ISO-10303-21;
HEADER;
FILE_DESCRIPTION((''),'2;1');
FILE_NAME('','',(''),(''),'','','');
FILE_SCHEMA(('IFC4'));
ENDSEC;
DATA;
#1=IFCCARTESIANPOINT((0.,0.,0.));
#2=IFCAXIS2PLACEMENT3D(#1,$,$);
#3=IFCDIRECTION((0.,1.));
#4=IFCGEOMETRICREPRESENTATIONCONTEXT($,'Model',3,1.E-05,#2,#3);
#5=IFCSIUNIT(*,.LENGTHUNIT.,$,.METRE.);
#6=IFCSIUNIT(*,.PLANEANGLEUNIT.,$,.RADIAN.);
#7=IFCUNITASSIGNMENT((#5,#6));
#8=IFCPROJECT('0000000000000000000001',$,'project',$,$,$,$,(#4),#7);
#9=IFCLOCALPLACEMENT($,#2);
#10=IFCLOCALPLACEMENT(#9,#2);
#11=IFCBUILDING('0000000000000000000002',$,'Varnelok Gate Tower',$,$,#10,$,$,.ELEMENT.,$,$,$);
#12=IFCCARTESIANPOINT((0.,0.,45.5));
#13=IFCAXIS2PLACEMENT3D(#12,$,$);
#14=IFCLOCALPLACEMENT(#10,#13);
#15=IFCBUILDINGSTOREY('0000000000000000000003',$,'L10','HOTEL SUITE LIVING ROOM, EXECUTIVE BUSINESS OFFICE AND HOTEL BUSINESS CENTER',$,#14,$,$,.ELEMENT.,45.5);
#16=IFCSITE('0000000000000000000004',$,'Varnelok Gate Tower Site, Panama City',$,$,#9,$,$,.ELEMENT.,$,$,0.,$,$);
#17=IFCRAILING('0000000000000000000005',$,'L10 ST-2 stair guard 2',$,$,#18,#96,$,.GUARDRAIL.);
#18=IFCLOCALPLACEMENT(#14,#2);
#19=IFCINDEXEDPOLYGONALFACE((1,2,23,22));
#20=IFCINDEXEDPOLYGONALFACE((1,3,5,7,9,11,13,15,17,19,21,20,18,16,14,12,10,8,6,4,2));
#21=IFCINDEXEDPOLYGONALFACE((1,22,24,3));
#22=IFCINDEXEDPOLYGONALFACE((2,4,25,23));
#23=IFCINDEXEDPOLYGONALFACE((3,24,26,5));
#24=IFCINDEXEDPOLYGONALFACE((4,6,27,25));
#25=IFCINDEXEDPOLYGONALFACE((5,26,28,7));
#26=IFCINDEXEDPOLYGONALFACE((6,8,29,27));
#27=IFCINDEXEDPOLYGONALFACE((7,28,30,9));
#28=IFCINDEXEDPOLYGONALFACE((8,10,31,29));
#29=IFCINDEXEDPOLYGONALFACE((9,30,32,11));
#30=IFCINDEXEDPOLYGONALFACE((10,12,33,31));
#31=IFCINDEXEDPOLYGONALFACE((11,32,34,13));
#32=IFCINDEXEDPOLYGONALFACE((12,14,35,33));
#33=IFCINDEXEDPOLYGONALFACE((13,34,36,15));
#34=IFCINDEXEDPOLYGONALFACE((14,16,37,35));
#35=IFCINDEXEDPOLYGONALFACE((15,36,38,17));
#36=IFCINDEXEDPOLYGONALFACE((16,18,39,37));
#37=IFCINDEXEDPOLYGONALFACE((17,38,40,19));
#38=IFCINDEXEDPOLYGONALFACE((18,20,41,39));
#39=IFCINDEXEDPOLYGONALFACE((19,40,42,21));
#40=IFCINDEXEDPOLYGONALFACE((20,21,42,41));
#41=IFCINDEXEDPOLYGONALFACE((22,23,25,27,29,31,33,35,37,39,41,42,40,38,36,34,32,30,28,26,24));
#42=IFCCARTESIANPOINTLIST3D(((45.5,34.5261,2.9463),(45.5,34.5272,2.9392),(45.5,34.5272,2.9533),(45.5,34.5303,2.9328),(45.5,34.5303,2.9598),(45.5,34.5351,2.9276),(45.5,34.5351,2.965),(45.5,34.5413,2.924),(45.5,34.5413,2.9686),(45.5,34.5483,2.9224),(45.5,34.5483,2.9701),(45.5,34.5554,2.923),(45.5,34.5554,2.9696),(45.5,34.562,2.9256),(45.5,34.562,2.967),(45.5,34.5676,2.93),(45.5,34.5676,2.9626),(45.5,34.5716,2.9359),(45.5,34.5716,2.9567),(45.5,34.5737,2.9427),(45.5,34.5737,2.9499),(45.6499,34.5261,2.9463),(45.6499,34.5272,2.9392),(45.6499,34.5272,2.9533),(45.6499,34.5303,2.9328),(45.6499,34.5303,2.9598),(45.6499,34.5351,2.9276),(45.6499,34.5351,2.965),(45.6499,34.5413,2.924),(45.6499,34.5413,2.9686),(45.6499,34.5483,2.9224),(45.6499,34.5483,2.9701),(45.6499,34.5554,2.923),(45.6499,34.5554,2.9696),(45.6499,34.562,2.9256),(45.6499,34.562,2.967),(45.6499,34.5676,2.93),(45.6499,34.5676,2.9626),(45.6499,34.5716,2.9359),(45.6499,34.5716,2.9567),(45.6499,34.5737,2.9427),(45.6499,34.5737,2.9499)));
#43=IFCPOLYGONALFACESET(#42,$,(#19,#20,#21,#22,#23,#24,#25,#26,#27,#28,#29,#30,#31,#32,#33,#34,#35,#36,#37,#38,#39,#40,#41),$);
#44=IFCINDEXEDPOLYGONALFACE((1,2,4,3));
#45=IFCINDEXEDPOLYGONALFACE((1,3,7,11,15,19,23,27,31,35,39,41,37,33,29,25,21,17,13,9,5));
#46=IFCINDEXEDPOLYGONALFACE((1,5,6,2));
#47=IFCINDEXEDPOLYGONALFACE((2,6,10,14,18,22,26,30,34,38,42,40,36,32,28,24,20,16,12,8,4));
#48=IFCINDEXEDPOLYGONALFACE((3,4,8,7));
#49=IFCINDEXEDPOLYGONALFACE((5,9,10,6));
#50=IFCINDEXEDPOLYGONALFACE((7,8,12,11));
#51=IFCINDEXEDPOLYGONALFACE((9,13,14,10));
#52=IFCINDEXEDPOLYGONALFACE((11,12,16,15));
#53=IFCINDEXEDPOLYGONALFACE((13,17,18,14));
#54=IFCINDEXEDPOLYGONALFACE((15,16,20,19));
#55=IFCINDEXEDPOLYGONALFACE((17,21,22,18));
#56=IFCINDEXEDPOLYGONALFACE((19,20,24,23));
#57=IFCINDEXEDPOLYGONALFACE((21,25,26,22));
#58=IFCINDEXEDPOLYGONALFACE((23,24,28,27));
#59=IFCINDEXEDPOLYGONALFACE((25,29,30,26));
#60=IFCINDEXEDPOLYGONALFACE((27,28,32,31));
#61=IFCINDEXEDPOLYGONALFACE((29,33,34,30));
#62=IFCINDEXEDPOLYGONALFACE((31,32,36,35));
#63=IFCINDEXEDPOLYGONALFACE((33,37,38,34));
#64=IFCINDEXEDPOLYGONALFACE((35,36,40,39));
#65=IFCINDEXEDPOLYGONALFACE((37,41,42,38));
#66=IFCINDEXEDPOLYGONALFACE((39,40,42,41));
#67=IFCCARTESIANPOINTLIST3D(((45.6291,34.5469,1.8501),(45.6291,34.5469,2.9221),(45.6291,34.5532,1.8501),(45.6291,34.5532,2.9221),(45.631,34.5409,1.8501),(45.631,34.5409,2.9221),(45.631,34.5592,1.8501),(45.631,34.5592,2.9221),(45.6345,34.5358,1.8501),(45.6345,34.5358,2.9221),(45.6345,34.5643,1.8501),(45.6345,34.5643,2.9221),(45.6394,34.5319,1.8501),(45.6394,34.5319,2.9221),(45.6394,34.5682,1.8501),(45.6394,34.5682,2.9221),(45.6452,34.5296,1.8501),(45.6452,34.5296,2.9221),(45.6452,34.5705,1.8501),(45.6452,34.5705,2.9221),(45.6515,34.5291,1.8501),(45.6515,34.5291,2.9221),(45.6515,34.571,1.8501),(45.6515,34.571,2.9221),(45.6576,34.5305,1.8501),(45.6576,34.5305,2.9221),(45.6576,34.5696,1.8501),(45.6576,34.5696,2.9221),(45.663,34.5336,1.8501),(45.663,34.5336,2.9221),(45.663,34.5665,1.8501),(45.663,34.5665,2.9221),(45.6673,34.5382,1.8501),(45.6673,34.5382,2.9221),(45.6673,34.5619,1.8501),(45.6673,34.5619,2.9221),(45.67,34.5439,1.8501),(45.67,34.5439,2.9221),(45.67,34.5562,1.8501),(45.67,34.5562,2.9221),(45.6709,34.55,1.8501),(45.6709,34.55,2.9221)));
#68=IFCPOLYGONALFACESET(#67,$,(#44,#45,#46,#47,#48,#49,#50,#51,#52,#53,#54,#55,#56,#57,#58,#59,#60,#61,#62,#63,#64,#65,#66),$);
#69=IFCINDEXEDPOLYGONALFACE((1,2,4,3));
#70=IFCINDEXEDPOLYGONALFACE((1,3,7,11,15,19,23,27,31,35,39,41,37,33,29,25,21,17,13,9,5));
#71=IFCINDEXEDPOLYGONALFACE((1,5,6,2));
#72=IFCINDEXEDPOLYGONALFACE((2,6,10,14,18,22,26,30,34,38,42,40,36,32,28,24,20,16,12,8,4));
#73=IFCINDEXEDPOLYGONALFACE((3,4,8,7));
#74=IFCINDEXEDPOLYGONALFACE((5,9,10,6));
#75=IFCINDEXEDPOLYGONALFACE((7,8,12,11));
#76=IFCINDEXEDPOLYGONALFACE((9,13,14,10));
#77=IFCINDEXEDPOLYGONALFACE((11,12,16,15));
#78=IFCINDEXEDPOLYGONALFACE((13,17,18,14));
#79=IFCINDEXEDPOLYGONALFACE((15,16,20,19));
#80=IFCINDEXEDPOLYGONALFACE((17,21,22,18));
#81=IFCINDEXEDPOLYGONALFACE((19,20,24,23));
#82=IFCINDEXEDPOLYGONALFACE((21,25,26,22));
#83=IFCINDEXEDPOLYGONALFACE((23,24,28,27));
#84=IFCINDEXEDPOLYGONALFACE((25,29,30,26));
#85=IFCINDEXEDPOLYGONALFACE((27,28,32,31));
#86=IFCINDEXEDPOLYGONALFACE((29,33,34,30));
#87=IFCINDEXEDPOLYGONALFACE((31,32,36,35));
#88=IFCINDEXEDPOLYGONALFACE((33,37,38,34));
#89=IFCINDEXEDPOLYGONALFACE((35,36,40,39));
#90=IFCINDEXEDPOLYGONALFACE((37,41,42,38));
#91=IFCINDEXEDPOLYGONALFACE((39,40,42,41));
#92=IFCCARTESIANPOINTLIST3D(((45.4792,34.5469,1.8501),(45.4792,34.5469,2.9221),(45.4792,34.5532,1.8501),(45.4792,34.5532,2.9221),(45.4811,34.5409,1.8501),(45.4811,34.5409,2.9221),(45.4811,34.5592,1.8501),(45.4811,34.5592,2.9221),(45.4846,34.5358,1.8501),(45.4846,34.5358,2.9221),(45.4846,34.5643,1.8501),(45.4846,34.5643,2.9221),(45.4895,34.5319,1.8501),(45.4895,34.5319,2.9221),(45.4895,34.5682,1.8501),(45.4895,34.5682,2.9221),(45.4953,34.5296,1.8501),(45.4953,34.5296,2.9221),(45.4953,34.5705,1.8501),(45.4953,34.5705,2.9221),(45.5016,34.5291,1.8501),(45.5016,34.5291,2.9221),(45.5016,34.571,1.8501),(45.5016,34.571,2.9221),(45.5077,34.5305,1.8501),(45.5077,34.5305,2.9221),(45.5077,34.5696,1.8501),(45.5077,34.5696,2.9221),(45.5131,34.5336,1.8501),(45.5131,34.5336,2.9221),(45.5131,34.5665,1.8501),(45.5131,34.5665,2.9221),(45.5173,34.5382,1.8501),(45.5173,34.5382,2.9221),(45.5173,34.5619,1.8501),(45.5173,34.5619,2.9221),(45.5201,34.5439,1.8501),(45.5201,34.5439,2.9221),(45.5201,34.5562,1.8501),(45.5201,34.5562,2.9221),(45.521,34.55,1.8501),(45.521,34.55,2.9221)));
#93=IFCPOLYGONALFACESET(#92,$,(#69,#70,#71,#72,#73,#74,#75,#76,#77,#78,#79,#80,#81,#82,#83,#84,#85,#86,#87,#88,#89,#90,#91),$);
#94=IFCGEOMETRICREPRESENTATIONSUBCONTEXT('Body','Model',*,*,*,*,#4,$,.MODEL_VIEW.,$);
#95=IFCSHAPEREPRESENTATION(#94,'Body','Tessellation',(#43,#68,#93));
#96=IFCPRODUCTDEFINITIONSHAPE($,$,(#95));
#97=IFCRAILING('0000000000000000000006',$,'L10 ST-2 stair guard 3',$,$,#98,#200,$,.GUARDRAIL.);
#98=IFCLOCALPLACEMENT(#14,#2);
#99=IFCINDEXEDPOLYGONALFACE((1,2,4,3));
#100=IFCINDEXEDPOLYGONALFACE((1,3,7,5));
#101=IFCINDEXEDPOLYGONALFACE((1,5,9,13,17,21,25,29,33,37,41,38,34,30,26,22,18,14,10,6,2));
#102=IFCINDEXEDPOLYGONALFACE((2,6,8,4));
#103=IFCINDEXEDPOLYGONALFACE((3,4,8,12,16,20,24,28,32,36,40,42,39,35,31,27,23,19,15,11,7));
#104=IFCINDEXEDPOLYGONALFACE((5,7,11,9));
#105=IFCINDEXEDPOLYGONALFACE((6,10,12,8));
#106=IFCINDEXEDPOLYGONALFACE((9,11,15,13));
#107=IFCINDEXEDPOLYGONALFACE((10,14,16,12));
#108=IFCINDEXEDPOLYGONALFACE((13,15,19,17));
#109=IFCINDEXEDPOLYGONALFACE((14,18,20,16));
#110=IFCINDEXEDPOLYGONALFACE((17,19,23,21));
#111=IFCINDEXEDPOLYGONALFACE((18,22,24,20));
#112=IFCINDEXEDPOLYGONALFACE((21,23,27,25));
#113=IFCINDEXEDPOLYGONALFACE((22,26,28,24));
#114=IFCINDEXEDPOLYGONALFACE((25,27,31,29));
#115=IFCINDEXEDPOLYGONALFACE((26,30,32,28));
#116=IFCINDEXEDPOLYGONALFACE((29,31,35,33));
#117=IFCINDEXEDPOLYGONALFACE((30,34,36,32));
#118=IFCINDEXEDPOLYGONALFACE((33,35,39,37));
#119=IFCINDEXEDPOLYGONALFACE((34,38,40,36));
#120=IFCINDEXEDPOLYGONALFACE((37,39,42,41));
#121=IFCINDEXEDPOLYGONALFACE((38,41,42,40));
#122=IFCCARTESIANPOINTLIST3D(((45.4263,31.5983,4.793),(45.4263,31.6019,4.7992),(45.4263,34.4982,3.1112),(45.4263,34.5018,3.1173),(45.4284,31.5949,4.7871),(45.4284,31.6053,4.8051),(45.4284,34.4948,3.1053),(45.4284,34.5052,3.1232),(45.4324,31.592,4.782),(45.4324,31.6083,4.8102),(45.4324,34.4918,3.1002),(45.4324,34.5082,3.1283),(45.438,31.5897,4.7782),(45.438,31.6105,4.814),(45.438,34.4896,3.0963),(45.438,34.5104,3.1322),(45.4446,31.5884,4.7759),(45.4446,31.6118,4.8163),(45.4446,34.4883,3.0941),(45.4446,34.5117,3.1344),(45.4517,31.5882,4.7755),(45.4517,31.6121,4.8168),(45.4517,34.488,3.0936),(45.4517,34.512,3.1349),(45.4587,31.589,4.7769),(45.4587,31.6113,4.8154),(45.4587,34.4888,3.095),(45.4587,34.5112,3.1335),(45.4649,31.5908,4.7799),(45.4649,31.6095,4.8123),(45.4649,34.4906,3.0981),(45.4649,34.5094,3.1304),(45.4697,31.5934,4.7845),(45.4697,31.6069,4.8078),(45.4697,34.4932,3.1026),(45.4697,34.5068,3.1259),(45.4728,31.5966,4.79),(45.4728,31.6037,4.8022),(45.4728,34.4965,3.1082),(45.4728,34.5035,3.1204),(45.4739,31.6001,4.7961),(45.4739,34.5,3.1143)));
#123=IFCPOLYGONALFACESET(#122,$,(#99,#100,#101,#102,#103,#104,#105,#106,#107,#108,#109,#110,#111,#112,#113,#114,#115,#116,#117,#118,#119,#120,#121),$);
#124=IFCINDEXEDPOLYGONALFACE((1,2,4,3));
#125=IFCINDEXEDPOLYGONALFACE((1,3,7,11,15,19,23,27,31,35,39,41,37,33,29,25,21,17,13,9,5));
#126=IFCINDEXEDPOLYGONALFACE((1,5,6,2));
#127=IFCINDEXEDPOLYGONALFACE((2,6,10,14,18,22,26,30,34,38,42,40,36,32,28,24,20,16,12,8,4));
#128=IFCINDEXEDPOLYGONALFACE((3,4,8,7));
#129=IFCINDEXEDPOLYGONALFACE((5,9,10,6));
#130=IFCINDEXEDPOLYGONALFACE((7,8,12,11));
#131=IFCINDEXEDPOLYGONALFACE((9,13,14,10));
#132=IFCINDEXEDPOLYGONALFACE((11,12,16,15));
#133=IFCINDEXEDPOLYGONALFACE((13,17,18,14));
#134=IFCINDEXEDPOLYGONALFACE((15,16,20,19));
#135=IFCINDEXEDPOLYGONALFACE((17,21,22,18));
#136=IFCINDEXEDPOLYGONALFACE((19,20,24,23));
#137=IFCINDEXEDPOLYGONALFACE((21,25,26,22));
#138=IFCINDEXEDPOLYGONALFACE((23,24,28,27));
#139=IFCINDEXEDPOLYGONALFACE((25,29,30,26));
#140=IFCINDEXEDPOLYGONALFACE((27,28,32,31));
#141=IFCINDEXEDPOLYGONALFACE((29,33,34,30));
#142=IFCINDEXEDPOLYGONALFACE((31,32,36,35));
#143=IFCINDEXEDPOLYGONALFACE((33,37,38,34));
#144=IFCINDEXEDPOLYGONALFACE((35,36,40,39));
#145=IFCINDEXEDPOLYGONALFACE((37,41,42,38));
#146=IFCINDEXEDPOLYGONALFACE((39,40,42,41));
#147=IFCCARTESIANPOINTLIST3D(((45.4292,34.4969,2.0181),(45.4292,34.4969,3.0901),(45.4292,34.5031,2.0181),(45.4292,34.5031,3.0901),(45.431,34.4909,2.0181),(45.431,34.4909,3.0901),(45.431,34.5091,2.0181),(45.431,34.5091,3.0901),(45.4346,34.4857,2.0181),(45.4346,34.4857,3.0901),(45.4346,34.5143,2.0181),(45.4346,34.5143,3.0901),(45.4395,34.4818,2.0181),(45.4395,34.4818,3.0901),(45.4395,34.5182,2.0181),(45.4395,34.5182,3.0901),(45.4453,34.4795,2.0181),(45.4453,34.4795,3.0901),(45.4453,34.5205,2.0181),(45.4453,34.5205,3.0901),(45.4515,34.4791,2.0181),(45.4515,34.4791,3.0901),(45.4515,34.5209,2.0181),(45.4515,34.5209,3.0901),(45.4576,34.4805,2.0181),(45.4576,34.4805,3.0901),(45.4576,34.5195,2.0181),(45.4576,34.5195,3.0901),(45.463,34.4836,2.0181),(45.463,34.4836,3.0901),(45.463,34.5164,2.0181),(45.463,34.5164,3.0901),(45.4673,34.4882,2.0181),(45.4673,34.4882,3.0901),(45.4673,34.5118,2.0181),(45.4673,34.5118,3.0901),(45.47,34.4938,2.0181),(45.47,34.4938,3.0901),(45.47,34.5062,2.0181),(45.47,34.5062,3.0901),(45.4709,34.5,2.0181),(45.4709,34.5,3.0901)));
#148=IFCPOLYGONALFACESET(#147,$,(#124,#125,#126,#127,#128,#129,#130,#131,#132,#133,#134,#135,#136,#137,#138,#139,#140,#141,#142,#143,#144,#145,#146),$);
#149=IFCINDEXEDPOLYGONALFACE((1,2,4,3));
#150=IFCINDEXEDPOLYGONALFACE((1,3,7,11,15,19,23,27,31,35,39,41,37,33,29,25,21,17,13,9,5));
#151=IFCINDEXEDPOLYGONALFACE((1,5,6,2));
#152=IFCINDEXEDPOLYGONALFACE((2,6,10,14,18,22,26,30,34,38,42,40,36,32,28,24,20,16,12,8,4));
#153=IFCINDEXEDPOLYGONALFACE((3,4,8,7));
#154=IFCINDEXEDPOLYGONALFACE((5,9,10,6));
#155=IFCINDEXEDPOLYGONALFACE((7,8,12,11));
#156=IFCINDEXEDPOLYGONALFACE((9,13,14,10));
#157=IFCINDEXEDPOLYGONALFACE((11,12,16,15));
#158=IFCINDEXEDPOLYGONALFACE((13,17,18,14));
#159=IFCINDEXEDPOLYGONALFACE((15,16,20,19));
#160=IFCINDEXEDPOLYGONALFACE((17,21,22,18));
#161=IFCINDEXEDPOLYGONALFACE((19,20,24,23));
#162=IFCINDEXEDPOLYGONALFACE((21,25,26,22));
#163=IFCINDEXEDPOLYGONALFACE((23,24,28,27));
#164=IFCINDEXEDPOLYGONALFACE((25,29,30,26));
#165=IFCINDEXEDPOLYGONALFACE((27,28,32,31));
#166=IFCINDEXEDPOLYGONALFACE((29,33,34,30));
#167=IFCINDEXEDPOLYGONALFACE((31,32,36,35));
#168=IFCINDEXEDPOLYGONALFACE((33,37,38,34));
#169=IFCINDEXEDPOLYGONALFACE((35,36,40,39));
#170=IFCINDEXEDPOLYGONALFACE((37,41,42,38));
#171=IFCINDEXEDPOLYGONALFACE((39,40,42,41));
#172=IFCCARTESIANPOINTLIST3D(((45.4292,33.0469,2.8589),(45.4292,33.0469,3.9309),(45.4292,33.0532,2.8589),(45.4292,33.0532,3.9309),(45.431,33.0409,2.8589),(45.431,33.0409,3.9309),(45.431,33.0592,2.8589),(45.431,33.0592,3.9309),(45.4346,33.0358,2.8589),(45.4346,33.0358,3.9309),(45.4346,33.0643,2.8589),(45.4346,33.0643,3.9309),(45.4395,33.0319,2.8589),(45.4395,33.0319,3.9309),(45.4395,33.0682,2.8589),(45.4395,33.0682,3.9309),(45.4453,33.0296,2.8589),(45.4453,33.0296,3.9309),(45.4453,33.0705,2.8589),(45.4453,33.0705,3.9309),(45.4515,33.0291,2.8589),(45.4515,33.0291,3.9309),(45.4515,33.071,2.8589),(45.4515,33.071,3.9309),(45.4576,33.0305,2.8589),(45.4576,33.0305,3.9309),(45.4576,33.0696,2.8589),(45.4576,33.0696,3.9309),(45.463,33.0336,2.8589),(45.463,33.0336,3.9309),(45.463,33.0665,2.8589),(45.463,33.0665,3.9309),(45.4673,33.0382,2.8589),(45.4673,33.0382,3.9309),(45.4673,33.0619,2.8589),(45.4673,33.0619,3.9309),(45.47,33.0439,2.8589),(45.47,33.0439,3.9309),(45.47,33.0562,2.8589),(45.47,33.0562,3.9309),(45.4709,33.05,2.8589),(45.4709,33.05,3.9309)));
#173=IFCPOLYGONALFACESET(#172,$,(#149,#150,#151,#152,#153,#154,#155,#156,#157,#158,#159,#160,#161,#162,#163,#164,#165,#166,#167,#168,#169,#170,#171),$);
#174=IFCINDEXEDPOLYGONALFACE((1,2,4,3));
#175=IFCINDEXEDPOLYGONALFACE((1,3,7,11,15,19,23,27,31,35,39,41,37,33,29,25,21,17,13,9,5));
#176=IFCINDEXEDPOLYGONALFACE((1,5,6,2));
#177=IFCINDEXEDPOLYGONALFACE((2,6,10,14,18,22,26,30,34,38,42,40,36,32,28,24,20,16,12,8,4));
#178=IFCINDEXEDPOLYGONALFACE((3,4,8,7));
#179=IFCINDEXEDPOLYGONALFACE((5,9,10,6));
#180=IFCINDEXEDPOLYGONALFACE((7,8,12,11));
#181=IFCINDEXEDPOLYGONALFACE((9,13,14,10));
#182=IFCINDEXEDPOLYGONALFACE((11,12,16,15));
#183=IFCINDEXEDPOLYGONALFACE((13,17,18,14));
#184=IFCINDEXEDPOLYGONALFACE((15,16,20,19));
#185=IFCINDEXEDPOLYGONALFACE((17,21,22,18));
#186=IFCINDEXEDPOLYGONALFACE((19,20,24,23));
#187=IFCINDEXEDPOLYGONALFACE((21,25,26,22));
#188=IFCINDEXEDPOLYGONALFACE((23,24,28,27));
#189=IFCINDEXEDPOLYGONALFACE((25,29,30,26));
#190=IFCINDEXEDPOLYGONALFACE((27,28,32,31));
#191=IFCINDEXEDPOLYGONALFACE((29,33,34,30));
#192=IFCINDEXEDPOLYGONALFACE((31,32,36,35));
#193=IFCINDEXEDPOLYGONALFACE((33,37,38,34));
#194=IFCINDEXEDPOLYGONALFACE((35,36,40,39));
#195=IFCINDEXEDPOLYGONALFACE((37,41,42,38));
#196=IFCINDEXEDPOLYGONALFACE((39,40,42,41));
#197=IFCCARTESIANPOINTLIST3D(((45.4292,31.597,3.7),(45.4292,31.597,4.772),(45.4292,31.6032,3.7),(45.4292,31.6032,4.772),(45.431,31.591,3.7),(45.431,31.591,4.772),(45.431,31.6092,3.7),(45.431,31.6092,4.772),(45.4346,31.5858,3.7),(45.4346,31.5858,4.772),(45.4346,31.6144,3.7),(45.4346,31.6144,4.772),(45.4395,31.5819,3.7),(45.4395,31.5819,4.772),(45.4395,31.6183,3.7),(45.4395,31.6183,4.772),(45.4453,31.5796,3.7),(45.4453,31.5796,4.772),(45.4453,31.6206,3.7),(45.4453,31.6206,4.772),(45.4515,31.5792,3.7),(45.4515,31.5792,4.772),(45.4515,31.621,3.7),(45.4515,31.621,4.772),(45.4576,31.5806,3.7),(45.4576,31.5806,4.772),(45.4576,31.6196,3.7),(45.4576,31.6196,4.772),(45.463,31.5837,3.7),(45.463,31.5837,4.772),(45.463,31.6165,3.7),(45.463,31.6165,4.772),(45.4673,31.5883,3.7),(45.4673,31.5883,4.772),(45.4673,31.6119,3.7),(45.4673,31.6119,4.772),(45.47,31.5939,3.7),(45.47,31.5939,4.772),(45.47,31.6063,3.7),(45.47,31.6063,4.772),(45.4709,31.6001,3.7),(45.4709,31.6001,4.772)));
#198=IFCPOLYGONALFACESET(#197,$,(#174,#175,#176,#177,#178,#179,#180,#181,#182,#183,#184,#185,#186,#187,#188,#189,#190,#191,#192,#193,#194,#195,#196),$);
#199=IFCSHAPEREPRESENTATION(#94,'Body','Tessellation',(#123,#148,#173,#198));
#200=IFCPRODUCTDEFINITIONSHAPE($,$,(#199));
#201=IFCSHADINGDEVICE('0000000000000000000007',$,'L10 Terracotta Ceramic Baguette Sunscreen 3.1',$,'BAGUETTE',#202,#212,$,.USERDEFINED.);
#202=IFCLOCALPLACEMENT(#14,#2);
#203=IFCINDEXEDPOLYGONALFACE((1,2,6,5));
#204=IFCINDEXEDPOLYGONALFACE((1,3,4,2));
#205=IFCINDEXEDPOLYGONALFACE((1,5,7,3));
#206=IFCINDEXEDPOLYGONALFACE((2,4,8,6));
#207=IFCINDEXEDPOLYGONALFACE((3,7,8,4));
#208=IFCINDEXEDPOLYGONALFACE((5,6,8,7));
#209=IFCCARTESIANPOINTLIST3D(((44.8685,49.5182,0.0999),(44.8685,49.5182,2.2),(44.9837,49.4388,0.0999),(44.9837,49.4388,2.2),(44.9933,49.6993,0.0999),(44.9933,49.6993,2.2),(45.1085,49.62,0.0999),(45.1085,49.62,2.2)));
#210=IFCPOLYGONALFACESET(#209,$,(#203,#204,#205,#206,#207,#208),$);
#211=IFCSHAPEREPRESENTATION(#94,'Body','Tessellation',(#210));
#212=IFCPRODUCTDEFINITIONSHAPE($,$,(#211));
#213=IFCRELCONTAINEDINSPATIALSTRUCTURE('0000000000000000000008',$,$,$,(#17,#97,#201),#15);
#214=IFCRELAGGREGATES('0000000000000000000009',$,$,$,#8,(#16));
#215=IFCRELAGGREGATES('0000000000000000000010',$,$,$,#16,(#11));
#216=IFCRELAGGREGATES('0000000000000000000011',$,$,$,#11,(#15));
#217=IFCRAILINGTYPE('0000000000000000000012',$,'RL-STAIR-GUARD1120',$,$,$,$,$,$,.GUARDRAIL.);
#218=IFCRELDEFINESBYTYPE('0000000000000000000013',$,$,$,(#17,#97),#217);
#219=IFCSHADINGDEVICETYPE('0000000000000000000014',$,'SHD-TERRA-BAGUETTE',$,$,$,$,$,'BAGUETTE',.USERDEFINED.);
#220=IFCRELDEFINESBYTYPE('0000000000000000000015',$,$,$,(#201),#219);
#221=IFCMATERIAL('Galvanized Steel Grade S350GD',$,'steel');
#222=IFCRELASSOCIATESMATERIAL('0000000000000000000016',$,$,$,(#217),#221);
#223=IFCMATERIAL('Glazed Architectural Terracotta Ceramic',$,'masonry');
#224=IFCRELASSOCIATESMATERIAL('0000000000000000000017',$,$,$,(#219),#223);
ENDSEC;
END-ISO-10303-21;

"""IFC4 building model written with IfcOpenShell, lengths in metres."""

from ifc_helpers import new_model, si_unit, direction, frame, origin, origin_2d, place, context, subcontext, project, spatial, rectangle, circle, extrude, source, transform, mapped, material, type_object, element, save


model = new_model("IFC4")

# Units and contexts
model_context = context("Model", 3, precision=1e-05, world=origin(), true_north=direction((0.0, 1.0)))
body_context = subcontext(model_context, "Body", "Model", "MODEL_VIEW")
ifc_project = project(units=[si_unit("LENGTHUNIT", "METRE"), si_unit("PLANEANGLEUNIT", "RADIAN")], contexts=[model_context])

# Site, building, storey
site_placement = place(None, origin())
site = spatial("IfcSite", under=ifc_project, at=site_placement, Name="Varnelok Gate Tower Site, Panama City", CompositionType="ELEMENT", RefElevation=0.0)
building_placement = place(site_placement, origin())
building = spatial("IfcBuilding", under=site, at=building_placement, Name="Varnelok Gate Tower", CompositionType="ELEMENT")
storey_placement = place(building_placement, frame((0.0, 0.0, 45.5)))
storey = spatial("IfcBuildingStorey", under=building, at=storey_placement, Name="L10", Description="HOTEL SUITE LIVING ROOM, EXECUTIVE BUSINESS OFFICE AND HOTEL BUSINESS CENTER", CompositionType="ELEMENT", Elevation=45.5)

# Shared definitions
ifc_material_1 = material(Name="Galvanized Steel Grade S350GD", Category="steel")

# Railings
railing_type_1 = type_object("IfcRailingType", Name="RL-STAIR-GUARD1120", PredefinedType="GUARDRAIL", material=ifc_material_1)
railing_1_placement = place(storey_placement, frame((45.6499, 34.55, 1.8501)))
element("IfcRailing", 1, at=railing_1_placement, inside=storey, type_object=railing_type_1, Name="L10 ST-2 stair guard 2", PredefinedType="GUARDRAIL", context=body_context, shape_type="SweptSolid", body=[
    extrude(circle(Radius=0.0239, at=origin_2d()), frame((0.0, 0.0, 1.0962), z_axis=(-1.0, 0.0, 0.0), x_axis=(0.0, -1.0, 0.0)), (0.0, 0.0, 1.0), 0.1499),
    extrude(circle(Radius=0.021, at=origin_2d()), origin(), (0.0, 0.0, 1.0), 1.072),
    extrude(circle(Radius=0.021, at=origin_2d()), frame((-0.1499, 0.0, 0.0)), (0.0, 0.0, 1.0), 1.072),
])
railing_2_placement = place(storey_placement, frame((45.45, 34.5, 2.0181)))
element("IfcRailing", 2, at=railing_2_placement, inside=storey, type_object=railing_type_1, Name="L10 ST-2 stair guard 3", PredefinedType="GUARDRAIL", context=body_context, shape_type="SweptSolid", body=[
    extrude(circle(Radius=0.0239, at=origin_2d()), frame((0.0, 0.0, 1.0962), z_axis=(0.0, -0.865039, 0.501705), x_axis=(1.0, 0.0, 0.0)), (0.0, 0.0, 1.0), 3.3523),
    extrude(circle(Radius=0.021, at=origin_2d()), origin(), (0.0, 0.0, 1.0), 1.072),
    extrude(circle(Radius=0.021, at=origin_2d()), frame((0.0, -1.45, 0.8408)), (0.0, 0.0, 1.0), 1.072),
    extrude(circle(Radius=0.021, at=origin_2d()), frame((0.0, -2.8999, 1.6819)), (0.0, 0.0, 1.0), 1.072),
])

# Shading device
ifc_material_2 = material(Name="Glazed Architectural Terracotta Ceramic", Category="masonry")
shading_device_type = type_object("IfcShadingDeviceType", Name="SHD-TERRA-BAGUETTE", ElementType="BAGUETTE", PredefinedType="USERDEFINED", material=ifc_material_2)
shared_shape_1 = source(origin(), body_context, "Body", "SweptSolid", [
    extrude(rectangle(XDim=0.1399, YDim=0.22, at=origin_2d()), origin(), (0.0, 0.0, 1.0), 2.1001),
])
shading_device_placement = place(storey_placement, frame((44.9885, 49.5691, 0.0999), z_axis=(0.0, 0.0, 1.0), x_axis=(0.823533, -0.567269, 0.0)))
element("IfcShadingDevice", 3, at=shading_device_placement, inside=storey, type_object=shading_device_type, Name="L10 Terracotta Ceramic Baguette Sunscreen 3.1", ObjectType="BAGUETTE", PredefinedType="USERDEFINED", context=body_context, shape_type="MappedRepresentation", body=[
    mapped(shared_shape_1, transform((0.0, 0.0, 0.0), scale=1.0)),
])

save(model, "model.ifc")
